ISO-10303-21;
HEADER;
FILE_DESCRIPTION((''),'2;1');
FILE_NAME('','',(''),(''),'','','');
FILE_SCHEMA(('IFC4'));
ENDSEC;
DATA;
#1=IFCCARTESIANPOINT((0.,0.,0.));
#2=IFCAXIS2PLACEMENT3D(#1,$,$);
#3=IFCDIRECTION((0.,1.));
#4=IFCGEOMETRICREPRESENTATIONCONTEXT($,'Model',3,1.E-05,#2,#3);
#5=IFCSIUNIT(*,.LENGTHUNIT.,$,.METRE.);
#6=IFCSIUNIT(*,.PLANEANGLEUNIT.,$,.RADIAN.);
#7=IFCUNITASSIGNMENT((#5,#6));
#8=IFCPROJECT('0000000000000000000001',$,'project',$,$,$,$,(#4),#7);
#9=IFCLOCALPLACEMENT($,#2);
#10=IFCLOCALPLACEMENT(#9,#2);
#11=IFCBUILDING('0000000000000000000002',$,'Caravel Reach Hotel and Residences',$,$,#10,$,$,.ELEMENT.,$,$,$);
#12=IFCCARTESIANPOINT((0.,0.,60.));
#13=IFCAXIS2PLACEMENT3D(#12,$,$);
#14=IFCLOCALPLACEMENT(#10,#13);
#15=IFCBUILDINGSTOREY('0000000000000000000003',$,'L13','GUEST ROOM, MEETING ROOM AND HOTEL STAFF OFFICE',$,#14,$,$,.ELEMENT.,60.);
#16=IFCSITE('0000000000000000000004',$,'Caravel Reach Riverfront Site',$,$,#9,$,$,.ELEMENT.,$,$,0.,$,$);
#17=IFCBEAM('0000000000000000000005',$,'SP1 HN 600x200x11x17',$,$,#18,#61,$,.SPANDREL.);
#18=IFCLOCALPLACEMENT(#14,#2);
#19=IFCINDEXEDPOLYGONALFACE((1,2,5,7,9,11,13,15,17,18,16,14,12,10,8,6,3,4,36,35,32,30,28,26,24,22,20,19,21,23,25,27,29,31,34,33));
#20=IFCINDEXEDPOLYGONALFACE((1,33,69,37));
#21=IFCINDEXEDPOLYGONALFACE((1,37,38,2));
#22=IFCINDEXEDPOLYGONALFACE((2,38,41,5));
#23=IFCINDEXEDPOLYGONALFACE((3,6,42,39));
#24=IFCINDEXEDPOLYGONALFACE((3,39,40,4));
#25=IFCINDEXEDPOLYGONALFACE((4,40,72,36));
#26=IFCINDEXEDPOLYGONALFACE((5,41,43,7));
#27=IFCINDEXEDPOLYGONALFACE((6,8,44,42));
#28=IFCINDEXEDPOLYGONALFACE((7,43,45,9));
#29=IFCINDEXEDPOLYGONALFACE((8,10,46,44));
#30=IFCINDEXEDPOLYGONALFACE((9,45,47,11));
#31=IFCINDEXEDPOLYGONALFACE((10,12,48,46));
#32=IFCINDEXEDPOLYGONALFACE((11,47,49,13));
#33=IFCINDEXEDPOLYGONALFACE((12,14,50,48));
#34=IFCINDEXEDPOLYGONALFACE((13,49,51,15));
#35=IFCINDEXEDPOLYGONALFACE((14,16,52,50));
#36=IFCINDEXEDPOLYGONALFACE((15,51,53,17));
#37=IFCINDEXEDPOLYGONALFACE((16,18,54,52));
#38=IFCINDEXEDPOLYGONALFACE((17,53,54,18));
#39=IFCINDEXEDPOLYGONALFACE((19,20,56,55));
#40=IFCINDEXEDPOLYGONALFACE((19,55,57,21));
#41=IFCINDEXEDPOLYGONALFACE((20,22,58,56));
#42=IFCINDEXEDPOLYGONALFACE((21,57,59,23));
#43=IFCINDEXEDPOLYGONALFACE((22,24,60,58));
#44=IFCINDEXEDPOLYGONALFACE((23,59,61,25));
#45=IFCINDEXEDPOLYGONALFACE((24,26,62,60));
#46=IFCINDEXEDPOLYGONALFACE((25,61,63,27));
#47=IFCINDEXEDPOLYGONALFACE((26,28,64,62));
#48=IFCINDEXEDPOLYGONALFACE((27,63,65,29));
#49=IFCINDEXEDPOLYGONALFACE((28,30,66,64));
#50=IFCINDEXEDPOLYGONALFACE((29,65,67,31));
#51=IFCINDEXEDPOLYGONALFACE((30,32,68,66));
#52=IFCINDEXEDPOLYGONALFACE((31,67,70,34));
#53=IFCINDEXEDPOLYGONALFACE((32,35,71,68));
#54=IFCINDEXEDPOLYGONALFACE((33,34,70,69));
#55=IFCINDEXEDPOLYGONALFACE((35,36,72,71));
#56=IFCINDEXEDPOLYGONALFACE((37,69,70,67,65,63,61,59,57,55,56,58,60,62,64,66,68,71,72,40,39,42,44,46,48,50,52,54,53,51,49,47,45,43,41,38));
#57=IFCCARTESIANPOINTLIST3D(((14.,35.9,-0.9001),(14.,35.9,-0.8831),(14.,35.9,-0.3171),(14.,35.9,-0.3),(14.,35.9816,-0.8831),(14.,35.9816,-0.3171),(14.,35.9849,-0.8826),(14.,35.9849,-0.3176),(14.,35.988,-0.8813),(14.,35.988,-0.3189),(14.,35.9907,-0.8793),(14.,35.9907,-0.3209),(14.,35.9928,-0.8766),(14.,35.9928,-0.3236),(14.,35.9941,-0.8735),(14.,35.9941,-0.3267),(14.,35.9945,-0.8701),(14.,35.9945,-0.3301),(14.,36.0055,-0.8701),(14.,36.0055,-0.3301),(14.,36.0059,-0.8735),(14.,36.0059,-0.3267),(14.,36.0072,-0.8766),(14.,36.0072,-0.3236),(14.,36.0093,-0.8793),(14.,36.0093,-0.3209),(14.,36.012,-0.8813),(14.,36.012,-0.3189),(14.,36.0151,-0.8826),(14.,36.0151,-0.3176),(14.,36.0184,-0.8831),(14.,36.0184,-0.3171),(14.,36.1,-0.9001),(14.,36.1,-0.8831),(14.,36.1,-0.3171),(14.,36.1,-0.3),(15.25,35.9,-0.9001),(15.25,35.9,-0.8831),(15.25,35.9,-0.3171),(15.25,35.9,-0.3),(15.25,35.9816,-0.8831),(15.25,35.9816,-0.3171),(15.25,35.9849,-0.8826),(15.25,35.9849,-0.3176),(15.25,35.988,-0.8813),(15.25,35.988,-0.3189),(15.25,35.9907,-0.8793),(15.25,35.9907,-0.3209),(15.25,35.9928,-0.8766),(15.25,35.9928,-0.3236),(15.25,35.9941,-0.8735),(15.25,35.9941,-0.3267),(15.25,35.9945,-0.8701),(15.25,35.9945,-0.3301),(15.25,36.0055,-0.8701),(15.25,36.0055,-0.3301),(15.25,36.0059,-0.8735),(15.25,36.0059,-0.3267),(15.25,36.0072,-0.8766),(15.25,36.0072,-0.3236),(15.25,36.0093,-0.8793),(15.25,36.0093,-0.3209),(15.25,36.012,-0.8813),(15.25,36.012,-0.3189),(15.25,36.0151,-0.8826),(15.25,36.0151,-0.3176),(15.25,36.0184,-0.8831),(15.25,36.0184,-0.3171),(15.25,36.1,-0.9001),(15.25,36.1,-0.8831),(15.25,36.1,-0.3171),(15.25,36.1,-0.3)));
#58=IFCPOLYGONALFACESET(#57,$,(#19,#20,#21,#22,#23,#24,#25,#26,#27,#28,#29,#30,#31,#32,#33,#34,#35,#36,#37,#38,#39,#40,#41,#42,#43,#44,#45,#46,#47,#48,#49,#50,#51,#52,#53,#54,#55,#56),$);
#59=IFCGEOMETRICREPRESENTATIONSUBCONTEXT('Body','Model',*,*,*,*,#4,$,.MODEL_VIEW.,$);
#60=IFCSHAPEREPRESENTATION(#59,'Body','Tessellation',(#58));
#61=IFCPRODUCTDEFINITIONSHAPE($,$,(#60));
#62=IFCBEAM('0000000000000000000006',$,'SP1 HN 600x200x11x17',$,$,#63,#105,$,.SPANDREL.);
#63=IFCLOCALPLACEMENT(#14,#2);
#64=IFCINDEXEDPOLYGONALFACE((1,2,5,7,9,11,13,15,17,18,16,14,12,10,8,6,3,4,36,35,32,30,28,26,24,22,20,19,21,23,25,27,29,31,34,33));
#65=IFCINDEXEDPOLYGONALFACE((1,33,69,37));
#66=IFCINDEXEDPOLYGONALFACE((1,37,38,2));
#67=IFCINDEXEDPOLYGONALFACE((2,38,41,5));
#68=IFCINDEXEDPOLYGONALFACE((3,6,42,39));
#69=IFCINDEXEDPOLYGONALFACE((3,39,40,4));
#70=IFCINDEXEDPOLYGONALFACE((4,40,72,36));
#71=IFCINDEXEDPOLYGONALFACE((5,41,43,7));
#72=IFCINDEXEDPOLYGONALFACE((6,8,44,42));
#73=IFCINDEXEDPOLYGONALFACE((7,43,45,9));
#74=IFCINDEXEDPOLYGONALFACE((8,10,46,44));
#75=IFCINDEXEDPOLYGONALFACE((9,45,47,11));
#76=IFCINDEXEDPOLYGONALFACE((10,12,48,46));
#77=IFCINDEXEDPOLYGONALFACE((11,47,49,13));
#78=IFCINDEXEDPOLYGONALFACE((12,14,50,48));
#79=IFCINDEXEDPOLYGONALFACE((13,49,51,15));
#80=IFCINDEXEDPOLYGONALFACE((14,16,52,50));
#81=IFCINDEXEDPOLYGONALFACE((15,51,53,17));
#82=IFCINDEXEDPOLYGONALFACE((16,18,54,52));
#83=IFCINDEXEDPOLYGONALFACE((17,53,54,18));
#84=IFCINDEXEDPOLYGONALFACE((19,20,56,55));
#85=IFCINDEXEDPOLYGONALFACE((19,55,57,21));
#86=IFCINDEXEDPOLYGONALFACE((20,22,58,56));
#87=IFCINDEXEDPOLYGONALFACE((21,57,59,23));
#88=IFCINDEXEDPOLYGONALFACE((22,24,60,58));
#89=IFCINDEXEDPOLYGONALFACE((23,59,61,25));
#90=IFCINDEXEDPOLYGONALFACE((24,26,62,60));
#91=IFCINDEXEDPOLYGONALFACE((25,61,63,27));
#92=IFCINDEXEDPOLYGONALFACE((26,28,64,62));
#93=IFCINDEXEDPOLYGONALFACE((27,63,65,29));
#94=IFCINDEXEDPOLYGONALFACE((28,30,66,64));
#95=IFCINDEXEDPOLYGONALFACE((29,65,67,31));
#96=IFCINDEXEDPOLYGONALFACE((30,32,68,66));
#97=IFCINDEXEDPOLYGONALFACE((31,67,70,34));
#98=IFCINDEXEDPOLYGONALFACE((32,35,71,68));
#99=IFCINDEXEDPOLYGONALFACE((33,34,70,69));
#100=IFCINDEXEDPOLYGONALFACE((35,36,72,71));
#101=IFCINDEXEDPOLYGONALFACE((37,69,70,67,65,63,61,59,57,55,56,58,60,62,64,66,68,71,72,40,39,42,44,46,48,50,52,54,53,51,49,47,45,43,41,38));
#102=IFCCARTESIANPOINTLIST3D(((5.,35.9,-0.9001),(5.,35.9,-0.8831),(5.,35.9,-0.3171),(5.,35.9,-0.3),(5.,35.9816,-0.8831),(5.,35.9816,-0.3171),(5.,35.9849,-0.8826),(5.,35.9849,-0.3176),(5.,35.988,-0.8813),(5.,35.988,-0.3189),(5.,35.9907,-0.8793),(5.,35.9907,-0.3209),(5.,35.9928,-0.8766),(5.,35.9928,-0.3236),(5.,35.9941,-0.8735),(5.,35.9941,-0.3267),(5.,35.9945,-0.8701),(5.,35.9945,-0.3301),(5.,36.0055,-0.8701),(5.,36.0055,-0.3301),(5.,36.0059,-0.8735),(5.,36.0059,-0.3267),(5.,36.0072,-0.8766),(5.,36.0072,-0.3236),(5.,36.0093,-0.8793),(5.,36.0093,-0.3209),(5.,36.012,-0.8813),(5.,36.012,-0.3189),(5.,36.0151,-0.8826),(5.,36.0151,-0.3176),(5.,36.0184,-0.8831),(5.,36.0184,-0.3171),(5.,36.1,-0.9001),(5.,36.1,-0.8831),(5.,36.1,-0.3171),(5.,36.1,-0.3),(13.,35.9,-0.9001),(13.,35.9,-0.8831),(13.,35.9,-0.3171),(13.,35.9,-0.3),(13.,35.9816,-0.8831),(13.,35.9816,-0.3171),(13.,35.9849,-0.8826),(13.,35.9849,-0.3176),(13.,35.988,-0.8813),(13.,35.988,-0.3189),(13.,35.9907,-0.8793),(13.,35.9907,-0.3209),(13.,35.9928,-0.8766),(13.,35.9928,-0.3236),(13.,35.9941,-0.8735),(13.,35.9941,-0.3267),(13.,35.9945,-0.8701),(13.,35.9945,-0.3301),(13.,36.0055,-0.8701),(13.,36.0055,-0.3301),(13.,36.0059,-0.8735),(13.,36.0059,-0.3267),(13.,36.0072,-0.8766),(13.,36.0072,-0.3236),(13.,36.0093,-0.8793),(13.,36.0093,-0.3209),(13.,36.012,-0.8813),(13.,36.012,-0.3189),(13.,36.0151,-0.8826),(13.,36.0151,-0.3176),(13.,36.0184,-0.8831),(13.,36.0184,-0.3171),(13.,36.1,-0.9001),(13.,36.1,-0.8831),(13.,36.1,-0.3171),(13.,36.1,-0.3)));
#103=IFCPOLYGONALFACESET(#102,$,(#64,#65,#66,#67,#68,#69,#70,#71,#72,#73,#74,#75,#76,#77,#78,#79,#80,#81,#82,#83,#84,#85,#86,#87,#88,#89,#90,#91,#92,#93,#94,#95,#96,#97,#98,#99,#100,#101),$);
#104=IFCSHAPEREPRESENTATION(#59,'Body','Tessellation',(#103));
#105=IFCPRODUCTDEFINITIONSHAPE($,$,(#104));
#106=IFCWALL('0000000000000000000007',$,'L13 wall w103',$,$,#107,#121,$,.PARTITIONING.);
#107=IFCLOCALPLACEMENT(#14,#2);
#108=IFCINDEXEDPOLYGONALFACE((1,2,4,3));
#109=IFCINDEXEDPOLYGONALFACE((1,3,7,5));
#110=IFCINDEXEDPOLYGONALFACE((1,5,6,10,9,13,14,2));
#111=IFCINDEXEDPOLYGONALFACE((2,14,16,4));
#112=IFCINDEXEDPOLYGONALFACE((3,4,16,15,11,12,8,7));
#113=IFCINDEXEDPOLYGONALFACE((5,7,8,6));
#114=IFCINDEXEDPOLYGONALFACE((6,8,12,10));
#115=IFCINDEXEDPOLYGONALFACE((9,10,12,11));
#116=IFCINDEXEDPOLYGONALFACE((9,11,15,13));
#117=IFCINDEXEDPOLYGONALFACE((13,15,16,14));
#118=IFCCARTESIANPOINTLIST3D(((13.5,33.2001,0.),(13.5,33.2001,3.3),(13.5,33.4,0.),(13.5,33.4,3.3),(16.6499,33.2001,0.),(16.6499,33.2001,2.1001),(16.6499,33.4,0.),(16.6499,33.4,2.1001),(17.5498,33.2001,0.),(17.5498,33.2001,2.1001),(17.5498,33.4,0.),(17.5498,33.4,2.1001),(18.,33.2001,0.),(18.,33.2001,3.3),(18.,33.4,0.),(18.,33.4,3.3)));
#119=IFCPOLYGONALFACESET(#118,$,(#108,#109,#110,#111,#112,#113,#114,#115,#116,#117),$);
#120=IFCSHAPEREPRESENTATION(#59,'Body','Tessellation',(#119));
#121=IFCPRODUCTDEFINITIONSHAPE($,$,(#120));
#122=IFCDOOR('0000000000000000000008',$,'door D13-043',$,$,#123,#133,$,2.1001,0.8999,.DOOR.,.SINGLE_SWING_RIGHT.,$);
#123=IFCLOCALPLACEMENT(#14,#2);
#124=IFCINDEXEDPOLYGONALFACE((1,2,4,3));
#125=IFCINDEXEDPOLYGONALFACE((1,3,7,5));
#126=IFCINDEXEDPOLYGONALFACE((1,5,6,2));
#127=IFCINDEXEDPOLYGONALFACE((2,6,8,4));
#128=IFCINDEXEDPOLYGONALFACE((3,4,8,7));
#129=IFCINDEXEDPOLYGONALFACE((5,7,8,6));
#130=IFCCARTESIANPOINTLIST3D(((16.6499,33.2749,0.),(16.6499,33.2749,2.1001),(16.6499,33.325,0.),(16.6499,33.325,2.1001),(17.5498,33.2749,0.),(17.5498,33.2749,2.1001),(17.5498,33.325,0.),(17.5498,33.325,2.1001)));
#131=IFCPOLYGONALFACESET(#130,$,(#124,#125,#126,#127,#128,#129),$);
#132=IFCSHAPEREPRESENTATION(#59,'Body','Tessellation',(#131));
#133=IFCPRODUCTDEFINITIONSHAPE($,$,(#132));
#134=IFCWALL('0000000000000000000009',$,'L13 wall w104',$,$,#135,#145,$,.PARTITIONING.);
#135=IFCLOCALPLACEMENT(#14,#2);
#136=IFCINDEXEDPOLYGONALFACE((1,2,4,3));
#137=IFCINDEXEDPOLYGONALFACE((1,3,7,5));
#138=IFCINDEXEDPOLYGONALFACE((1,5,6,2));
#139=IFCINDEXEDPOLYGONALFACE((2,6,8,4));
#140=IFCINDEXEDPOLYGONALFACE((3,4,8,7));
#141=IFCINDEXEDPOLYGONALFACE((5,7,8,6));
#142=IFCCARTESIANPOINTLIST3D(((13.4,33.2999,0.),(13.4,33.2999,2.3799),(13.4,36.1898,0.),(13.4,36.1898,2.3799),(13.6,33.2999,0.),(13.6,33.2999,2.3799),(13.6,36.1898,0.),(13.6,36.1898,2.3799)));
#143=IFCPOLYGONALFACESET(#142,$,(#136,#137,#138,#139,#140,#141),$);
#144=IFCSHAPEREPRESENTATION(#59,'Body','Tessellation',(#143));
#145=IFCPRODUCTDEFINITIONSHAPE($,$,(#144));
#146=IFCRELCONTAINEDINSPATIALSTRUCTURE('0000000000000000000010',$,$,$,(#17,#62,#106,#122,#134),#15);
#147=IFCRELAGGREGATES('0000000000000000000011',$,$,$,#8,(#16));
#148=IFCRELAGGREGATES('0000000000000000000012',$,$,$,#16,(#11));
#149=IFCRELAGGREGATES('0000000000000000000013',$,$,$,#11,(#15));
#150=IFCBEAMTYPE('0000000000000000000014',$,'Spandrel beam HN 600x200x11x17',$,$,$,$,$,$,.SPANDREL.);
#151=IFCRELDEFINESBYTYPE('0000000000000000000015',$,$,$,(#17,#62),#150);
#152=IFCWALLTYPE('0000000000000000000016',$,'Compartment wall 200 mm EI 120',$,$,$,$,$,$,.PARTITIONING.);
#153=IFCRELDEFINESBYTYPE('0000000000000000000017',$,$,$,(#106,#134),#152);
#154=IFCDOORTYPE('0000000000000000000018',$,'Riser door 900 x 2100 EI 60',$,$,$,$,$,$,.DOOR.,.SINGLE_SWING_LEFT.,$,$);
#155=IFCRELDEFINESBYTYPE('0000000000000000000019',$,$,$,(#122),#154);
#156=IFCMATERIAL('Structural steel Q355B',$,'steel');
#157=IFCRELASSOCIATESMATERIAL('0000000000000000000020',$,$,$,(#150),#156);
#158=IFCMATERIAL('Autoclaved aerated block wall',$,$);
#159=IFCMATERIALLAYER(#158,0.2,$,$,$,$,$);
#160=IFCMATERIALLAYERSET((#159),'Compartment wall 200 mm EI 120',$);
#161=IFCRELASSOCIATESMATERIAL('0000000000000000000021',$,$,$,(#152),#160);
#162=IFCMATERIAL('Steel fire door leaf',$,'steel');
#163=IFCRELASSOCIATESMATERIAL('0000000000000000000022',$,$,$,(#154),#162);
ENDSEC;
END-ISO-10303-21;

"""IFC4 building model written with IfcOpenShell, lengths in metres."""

from ifc_helpers import new_model, si_unit, direction, frame, frame_2d, origin, origin_2d, place, context, subcontext, project, spatial, rectangle, i_section, extrude, material, layer, layer_set, material_profile, profile_set, type_object, element, fill, save


model = new_model("IFC4")

# Units and contexts
model_context = context("Model", 3, precision=1e-05, world=origin(), true_north=direction((0.0, 1.0)))
body_context = subcontext(model_context, "Body", "Model", "MODEL_VIEW")
ifc_project = project(units=[si_unit("LENGTHUNIT", "METRE"), si_unit("PLANEANGLEUNIT", "RADIAN")], contexts=[model_context])

# Site, building, storey
site_placement = place(None, origin())
site = spatial("IfcSite", under=ifc_project, at=site_placement, Name="Caravel Reach Riverfront Site", CompositionType="ELEMENT", RefElevation=0.0)
building_placement = place(site_placement, origin())
building = spatial("IfcBuilding", under=site, at=building_placement, Name="Caravel Reach Hotel and Residences", CompositionType="ELEMENT")
storey_placement = place(building_placement, frame((0.0, 0.0, 60.0)))
storey = spatial("IfcBuildingStorey", under=building, at=storey_placement, Name="L13", Description="GUEST ROOM, MEETING ROOM AND HOTEL STAFF OFFICE", CompositionType="ELEMENT", Elevation=60.0)

# Beams
ifc_material_1 = material(Name="Structural steel Q355B", Category="steel")
ifc_material_profile_1 = material_profile(ifc_material_1, i_section(OverallWidth=0.2, OverallDepth=0.6001, WebThickness=0.011, FlangeThickness=0.0171, FilletRadius=0.0129, at=origin_2d()), Name="HN 600x200x11x17")
ifc_profile_set_1 = profile_set([ifc_material_profile_1], Name="Structural steel Q355B")
beam_type_1 = type_object("IfcBeamType", Name="Spandrel beam HN 600x200x11x17", PredefinedType="SPANDREL", material=ifc_profile_set_1)
beam_1_placement = place(storey_placement, frame((15.25, 36.0, -0.6001), z_axis=(-1.0, 0.0, 0.0), x_axis=(0.0, -1.0, 0.0)))
element("IfcBeam", 1, at=beam_1_placement, inside=storey, type_object=beam_type_1, Name="SP1 HN 600x200x11x17", PredefinedType="SPANDREL", context=body_context, shape_type="SweptSolid", body=[
    extrude(i_section(OverallWidth=0.2, OverallDepth=0.6001, WebThickness=0.011, FlangeThickness=0.0171, FilletRadius=0.0129, at=origin_2d()), origin(), (0.0, 0.0, 1.0), 1.25),
])
beam_2_placement = place(storey_placement, frame((13.0, 36.0, -0.6001), z_axis=(-1.0, 0.0, 0.0), x_axis=(0.0, -1.0, 0.0)))
element("IfcBeam", 2, at=beam_2_placement, inside=storey, type_object=beam_type_1, Name="SP1 HN 600x200x11x17", PredefinedType="SPANDREL", context=body_context, shape_type="SweptSolid", body=[
    extrude(i_section(OverallWidth=0.2, OverallDepth=0.6001, WebThickness=0.011, FlangeThickness=0.0171, FilletRadius=0.0129, at=origin_2d()), origin(), (0.0, 0.0, 1.0), 8.0),
])

# Wall, opening, door
ifc_material_2 = material(Name="Autoclaved aerated block wall")
ifc_layer_1 = layer(ifc_material_2, 0.2)
ifc_layer_set_1 = layer_set([ifc_layer_1], Name="Compartment wall 200 mm EI 120")
wall_type_1 = type_object("IfcWallType", Name="Compartment wall 200 mm EI 120", PredefinedType="PARTITIONING", material=ifc_layer_set_1)
wall_1_placement = place(storey_placement, frame((13.5, 33.3, 0.0), z_axis=(0.0, 0.0, 1.0), x_axis=(1.0, 0.0, 0.0)))
wall_1 = element("IfcWall", 3, at=wall_1_placement, inside=storey, type_object=wall_type_1, Name="L13 wall w103", PredefinedType="PARTITIONING", context=body_context, shape_type="SweptSolid", body=[
    extrude(rectangle(XDim=4.5, YDim=0.2, at=frame_2d((2.25, 0.0))), origin(), (0.0, 0.0, 1.0), 3.3),
])
opening_1_placement = place(wall_1_placement, frame((3.1499, 0.0, 0.0)))
opening_1 = element("IfcOpeningElement", 4, at=opening_1_placement, cuts=wall_1, PredefinedType="OPENING", context=body_context, shape_type="SweptSolid", body=[
    extrude(rectangle(XDim=0.8999, YDim=2.1001, at=frame_2d((0.45, 1.05))), frame((0.0, 0.1099, 0.0), z_axis=(0.0, -1.0, 0.0), x_axis=(1.0, 0.0, 0.0)), (0.0, 0.0, 1.0), 0.22),
])
ifc_material_3 = material(Name="Steel fire door leaf", Category="steel")
door_type_1 = type_object("IfcDoorType", Name="Riser door 900 x 2100 EI 60", OperationType="SINGLE_SWING_LEFT", PredefinedType="DOOR", material=ifc_material_3)
door_1_placement = place(opening_1_placement, origin())
door_1 = element("IfcDoor", 5, at=door_1_placement, inside=storey, type_object=door_type_1, Name="door D13-043", OperationType="SINGLE_SWING_RIGHT", OverallHeight=2.1001, OverallWidth=0.8999, PredefinedType="DOOR", context=body_context, shape_type="SweptSolid", body=[
    extrude(rectangle(XDim=0.8999, YDim=2.1001, at=frame_2d((0.45, 1.05))), frame((0.0, 0.0249, 0.0), z_axis=(0.0, -1.0, 0.0), x_axis=(1.0, 0.0, 0.0)), (0.0, 0.0, 1.0), 0.05),
])
fill(opening_1, door_1)

# Wall
wall_2_placement = place(storey_placement, frame((13.5, 33.3, 0.0), z_axis=(0.0, 0.0, 1.0), x_axis=(0.0, 1.0, 0.0)))
element("IfcWall", 6, at=wall_2_placement, inside=storey, type_object=wall_type_1, Name="L13 wall w104", PredefinedType="PARTITIONING", context=body_context, shape_type="SweptSolid", body=[
    extrude(rectangle(XDim=2.8899, YDim=0.2, at=frame_2d((1.4448, 0.0))), origin(), (0.0, 0.0, 1.0), 2.3799),
])

save(model, "model.ifc")
